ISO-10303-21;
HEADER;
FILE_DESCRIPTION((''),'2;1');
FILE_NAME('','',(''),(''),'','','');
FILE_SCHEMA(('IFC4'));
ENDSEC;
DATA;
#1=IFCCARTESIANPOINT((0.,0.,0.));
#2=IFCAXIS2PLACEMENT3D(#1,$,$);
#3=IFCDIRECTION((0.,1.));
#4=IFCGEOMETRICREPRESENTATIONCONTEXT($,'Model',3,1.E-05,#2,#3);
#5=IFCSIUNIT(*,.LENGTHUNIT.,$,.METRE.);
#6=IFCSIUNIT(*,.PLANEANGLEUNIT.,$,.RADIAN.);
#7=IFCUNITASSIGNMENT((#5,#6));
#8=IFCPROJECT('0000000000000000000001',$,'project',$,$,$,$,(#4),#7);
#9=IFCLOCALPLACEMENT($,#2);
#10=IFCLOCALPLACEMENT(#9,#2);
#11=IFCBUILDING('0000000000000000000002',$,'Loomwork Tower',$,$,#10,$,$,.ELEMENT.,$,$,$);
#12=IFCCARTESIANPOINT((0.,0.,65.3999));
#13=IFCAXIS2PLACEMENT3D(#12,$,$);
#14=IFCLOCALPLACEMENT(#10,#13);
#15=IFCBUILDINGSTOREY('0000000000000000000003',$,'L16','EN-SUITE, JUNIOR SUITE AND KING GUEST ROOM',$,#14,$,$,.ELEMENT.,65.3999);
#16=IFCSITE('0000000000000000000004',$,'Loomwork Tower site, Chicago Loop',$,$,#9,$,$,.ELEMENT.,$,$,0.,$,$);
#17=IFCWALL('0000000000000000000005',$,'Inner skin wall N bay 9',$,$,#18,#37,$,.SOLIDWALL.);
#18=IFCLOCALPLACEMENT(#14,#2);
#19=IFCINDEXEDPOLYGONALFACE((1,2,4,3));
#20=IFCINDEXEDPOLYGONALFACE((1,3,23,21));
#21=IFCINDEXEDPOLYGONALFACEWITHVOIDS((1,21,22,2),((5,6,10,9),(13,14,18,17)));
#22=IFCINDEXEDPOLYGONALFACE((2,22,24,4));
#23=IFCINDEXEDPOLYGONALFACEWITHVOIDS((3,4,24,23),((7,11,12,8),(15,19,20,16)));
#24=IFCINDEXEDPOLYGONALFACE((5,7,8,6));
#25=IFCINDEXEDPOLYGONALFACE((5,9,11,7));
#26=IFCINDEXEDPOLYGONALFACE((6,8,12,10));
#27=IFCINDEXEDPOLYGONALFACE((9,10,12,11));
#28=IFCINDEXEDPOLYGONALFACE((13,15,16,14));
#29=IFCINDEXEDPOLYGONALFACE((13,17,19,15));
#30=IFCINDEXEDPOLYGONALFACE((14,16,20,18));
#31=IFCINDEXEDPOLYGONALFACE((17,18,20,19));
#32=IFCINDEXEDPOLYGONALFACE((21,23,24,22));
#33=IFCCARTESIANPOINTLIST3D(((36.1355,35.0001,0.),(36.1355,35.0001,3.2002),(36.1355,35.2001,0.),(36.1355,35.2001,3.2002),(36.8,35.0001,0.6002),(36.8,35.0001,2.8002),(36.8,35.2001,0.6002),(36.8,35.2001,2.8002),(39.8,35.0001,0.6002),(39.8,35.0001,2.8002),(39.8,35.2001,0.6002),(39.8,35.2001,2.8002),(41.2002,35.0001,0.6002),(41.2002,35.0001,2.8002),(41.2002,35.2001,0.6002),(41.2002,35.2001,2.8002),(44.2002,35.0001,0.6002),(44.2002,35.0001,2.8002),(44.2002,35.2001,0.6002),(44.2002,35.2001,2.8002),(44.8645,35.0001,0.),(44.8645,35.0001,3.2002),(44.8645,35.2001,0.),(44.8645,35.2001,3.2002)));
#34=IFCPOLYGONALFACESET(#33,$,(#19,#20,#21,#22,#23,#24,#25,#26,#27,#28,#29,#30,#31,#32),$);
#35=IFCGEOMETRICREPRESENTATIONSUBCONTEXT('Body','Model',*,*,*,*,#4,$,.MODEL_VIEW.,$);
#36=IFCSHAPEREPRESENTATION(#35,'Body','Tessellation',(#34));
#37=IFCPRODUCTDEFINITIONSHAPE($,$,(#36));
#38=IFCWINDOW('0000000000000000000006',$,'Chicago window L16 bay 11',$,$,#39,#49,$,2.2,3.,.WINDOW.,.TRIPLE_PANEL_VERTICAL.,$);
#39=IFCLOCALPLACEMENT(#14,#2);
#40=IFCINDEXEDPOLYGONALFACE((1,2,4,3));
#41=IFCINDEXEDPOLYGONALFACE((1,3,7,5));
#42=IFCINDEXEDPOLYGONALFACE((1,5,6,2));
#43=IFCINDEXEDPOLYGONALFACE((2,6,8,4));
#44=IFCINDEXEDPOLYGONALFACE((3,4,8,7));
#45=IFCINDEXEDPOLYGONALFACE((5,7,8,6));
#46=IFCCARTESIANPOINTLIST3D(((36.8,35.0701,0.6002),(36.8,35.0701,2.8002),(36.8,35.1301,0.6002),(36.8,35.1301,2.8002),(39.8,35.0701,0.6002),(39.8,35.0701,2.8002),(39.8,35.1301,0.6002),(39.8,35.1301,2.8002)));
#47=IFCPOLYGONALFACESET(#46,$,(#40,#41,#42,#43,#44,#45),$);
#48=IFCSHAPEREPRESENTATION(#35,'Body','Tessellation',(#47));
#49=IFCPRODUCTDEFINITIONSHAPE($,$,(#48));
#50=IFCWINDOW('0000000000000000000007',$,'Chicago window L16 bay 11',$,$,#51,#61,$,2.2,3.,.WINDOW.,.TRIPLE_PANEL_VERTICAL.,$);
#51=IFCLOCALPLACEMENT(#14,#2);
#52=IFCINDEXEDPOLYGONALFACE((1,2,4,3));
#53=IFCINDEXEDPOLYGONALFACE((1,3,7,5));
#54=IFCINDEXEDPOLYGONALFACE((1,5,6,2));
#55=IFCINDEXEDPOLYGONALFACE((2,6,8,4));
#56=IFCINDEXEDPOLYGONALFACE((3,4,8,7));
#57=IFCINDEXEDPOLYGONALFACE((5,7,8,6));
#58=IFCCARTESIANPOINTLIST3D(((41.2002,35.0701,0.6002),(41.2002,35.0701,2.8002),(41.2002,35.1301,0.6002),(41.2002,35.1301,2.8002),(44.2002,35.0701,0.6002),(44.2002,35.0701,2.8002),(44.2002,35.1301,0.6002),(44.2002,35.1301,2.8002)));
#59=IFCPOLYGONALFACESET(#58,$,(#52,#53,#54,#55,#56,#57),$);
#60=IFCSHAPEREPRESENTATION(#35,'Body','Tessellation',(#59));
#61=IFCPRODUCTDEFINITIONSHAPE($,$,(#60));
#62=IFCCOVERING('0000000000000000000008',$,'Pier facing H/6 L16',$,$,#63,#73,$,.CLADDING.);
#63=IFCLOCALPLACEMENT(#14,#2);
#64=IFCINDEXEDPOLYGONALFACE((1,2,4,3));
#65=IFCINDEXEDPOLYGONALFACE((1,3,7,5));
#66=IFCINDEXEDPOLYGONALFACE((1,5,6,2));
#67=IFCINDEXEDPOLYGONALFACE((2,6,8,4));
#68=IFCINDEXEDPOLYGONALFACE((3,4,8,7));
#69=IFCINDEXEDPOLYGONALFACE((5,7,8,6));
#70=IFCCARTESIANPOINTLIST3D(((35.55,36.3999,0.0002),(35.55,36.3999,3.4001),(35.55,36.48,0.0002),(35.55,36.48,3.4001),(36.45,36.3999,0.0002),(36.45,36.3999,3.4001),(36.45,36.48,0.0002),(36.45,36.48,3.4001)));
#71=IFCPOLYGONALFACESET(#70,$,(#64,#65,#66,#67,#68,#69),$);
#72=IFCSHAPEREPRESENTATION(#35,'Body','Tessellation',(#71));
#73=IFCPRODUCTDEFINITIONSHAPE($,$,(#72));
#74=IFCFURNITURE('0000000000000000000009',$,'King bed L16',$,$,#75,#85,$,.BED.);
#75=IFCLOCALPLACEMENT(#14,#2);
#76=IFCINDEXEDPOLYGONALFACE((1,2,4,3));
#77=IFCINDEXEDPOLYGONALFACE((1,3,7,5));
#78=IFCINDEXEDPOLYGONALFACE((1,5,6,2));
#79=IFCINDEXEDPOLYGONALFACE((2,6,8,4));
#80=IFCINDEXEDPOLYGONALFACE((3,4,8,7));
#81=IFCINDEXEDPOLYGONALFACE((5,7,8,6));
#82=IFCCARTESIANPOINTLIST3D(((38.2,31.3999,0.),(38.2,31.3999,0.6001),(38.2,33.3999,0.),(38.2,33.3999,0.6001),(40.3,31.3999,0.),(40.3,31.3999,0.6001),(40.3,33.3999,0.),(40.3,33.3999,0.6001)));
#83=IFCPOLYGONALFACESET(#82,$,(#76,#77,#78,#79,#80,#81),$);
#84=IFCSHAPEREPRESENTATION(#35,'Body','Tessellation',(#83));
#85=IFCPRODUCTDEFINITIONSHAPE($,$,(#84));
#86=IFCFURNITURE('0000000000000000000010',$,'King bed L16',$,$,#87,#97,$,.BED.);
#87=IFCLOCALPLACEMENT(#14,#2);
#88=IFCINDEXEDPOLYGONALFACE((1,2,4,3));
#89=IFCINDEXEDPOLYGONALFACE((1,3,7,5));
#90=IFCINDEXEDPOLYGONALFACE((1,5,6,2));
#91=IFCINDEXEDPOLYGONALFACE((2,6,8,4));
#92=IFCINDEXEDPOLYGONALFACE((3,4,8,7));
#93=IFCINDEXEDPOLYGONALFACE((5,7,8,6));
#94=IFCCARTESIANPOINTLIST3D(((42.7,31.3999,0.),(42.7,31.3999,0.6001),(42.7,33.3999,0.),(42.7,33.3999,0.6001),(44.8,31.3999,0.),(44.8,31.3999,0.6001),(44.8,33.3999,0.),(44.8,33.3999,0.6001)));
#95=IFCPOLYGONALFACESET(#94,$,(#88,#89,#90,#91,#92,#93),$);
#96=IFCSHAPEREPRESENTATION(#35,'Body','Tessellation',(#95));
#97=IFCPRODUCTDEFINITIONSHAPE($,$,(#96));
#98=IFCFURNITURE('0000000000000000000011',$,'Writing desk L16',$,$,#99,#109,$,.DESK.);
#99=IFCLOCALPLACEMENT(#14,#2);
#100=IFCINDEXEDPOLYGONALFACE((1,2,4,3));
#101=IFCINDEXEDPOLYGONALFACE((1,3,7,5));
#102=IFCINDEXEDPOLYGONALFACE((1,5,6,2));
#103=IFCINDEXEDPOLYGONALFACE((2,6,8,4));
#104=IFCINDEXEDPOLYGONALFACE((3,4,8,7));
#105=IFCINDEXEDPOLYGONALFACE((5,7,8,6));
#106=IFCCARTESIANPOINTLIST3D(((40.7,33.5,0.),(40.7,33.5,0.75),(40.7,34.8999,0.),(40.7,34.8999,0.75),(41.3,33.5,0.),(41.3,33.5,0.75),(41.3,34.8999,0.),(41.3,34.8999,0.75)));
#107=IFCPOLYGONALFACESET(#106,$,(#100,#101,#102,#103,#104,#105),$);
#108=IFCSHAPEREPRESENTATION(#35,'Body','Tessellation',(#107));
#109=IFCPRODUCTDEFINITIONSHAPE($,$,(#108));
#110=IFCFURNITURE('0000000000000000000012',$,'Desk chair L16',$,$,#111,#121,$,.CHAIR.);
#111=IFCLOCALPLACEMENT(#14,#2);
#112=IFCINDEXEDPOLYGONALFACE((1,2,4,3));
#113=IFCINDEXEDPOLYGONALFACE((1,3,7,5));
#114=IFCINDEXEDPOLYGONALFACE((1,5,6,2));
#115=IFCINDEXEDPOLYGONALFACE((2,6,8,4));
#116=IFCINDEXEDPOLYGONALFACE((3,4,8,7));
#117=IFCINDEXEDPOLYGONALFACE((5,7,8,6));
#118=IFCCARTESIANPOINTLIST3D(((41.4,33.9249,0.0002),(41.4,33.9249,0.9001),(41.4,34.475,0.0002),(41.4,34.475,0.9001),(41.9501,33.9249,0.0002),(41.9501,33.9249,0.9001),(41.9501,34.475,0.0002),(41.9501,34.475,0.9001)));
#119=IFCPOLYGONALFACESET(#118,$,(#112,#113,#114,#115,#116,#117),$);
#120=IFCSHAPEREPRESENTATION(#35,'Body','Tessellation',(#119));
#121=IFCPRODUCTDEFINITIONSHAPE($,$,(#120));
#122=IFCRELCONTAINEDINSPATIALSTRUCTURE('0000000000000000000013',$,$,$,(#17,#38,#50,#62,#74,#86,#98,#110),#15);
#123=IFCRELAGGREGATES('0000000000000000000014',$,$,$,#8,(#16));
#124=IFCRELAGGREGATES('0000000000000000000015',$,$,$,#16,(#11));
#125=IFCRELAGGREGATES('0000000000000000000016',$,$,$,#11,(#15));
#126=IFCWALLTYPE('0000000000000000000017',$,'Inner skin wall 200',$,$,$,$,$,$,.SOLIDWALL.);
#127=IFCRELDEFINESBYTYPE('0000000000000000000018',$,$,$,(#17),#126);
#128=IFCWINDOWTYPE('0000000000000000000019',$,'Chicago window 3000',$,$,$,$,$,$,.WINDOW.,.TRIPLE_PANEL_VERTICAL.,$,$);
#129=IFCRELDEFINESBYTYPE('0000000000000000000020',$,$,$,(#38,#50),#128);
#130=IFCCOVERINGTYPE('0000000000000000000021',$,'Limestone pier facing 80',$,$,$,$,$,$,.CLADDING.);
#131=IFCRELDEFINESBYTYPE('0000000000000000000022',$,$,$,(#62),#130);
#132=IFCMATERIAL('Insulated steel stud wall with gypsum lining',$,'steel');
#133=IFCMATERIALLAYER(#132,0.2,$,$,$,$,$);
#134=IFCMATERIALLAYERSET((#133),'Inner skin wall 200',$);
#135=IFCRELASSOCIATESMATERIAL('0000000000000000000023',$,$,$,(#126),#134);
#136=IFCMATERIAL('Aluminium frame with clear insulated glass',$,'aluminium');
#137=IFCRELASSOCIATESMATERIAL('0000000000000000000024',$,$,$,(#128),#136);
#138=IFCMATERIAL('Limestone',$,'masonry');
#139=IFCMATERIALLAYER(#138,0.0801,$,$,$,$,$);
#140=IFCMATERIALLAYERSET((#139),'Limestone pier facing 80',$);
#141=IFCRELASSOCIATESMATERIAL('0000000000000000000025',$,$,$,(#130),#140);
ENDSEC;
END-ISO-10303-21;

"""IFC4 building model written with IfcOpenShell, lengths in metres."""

from ifc_helpers import new_model, si_unit, direction, frame, frame_2d, origin, origin_2d, place, context, subcontext, project, spatial, rectangle, extrude, material, layer, layer_set, type_object, element, fill, save


model = new_model("IFC4")

# Units and contexts
model_context = context("Model", 3, precision=1e-05, world=origin(), true_north=direction((0.0, 1.0)))
body_context = subcontext(model_context, "Body", "Model", "MODEL_VIEW")
ifc_project = project(units=[si_unit("LENGTHUNIT", "METRE"), si_unit("PLANEANGLEUNIT", "RADIAN")], contexts=[model_context])

# Site, building, storey
site_placement = place(None, origin())
site = spatial("IfcSite", under=ifc_project, at=site_placement, Name="Loomwork Tower site, Chicago Loop", CompositionType="ELEMENT", RefElevation=0.0)
building_placement = place(site_placement, origin())
building = spatial("IfcBuilding", under=site, at=building_placement, Name="Loomwork Tower", CompositionType="ELEMENT")
storey_placement = place(building_placement, frame((0.0, 0.0, 65.3999)))
storey = spatial("IfcBuildingStorey", under=building, at=storey_placement, Name="L16", Description="EN-SUITE, JUNIOR SUITE AND KING GUEST ROOM", CompositionType="ELEMENT", Elevation=65.3999)

# Shared definitions
ifc_material_1 = material(Name="Insulated steel stud wall with gypsum lining", Category="steel")
ifc_layer_1 = layer(ifc_material_1, 0.2)
ifc_layer_set_1 = layer_set([ifc_layer_1], Name="Inner skin wall 200")
wall_type_1 = type_object("IfcWallType", Name="Inner skin wall 200", PredefinedType="SOLIDWALL", material=ifc_layer_set_1)

# Wall, openings, windows
wall_1_placement = place(storey_placement, frame((36.1355, 35.1001, 0.0), z_axis=(0.0, 0.0, 1.0), x_axis=(1.0, 0.0, 0.0)))
wall_1 = element("IfcWall", 1, at=wall_1_placement, inside=storey, type_object=wall_type_1, Name="Inner skin wall N bay 9", PredefinedType="SOLIDWALL", context=body_context, shape_type="SweptSolid", body=[
    extrude(rectangle(XDim=8.729, YDim=0.2, at=frame_2d((4.3645, 0.0))), origin(), (0.0, 0.0, 1.0), 3.2002),
])
opening_1_placement = place(wall_1_placement, frame((0.6646, 0.0, 0.6001)))
opening_1 = element("IfcOpeningElement", 2, at=opening_1_placement, cuts=wall_1, PredefinedType="OPENING", context=body_context, shape_type="SweptSolid", body=[
    extrude(rectangle(XDim=3.0, YDim=2.2, at=frame_2d((1.5, 1.1001))), frame((0.0, 0.1099, 0.0), z_axis=(0.0, -1.0, 0.0), x_axis=(1.0, 0.0, 0.0)), (0.0, 0.0, 1.0), 0.22),
])
opening_2_placement = place(wall_1_placement, frame((5.0647, 0.0, 0.6001)))
opening_2 = element("IfcOpeningElement", 3, at=opening_2_placement, cuts=wall_1, PredefinedType="OPENING", context=body_context, shape_type="SweptSolid", body=[
    extrude(rectangle(XDim=3.0, YDim=2.2, at=frame_2d((1.5, 1.1001))), frame((0.0, 0.1099, 0.0), z_axis=(0.0, -1.0, 0.0), x_axis=(1.0, 0.0, 0.0)), (0.0, 0.0, 1.0), 0.22),
])
ifc_material_2 = material(Name="Aluminium frame with clear insulated glass", Category="aluminium")
window_type = type_object("IfcWindowType", Name="Chicago window 3000", PartitioningType="TRIPLE_PANEL_VERTICAL", PredefinedType="WINDOW", material=ifc_material_2)
window_1_placement = place(opening_1_placement, origin())
window_1 = element("IfcWindow", 4, at=window_1_placement, inside=storey, type_object=window_type, Name="Chicago window L16 bay 11", OverallHeight=2.2, OverallWidth=3.0, PartitioningType="TRIPLE_PANEL_VERTICAL", PredefinedType="WINDOW", context=body_context, shape_type="SweptSolid", body=[
    extrude(rectangle(XDim=3.0, YDim=2.2, at=frame_2d((1.5, 1.1001))), frame((0.0, 0.03, 0.0), z_axis=(0.0, -1.0, 0.0), x_axis=(1.0, 0.0, 0.0)), (0.0, 0.0, 1.0), 0.0601),
])
fill(opening_1, window_1)
window_2_placement = place(opening_2_placement, origin())
window_2 = element("IfcWindow", 5, at=window_2_placement, inside=storey, type_object=window_type, Name="Chicago window L16 bay 11", OverallHeight=2.2, OverallWidth=3.0, PartitioningType="TRIPLE_PANEL_VERTICAL", PredefinedType="WINDOW", context=body_context, shape_type="SweptSolid", body=[
    extrude(rectangle(XDim=3.0, YDim=2.2, at=frame_2d((1.5, 1.1001))), frame((0.0, 0.03, 0.0), z_axis=(0.0, -1.0, 0.0), x_axis=(1.0, 0.0, 0.0)), (0.0, 0.0, 1.0), 0.0601),
])
fill(opening_2, window_2)

# Covering
ifc_material_3 = material(Name="Limestone", Category="masonry")
ifc_layer_2 = layer(ifc_material_3, 0.0801)
ifc_layer_set_2 = layer_set([ifc_layer_2], Name="Limestone pier facing 80")
covering_type = type_object("IfcCoveringType", Name="Limestone pier facing 80", PredefinedType="CLADDING", material=ifc_layer_set_2)
covering_placement = place(storey_placement, frame((36.0, 36.4399, 0.0002), z_axis=(0.0, 0.0, 1.0), x_axis=(1.0, 0.0, 0.0)))
element("IfcCovering", 6, at=covering_placement, inside=storey, type_object=covering_type, Name="Pier facing H/6 L16", PredefinedType="CLADDING", context=body_context, shape_type="SweptSolid", body=[
    extrude(rectangle(XDim=0.8999, YDim=0.0801, at=origin_2d()), origin(), (0.0, 0.0, 1.0), 3.3999),
])

# Furniture
for number, where, z_axis, x_axis, name in (
    (7, (39.25, 32.3999, 0.0), (0.0, 0.0, 1.0), (1.0, 0.0, 0.0), "King bed L16"),
    (8, (43.75, 32.3999, 0.0), (0.0, 0.0, 1.0), (1.0, 0.0, 0.0), "King bed L16"),
):
    element("IfcFurniture", number, at=place(storey_placement, frame(where, z_axis=z_axis, x_axis=x_axis)), inside=storey, Name=name, PredefinedType="BED", context=body_context, shape_type="SweptSolid", body=[
        extrude(rectangle(XDim=2.1001, YDim=2.0, at=origin_2d()), origin(), (0.0, 0.0, 1.0), 0.6001),
    ])
furniture_1_placement = place(storey_placement, frame((41.0, 34.2, 0.0), z_axis=(0.0, 0.0, 1.0), x_axis=(1.0, 0.0, 0.0)))
element("IfcFurniture", 9, at=furniture_1_placement, inside=storey, Name="Writing desk L16", PredefinedType="DESK", context=body_context, shape_type="SweptSolid", body=[
    extrude(rectangle(XDim=0.6001, YDim=1.3999, at=origin_2d()), origin(), (0.0, 0.0, 1.0), 0.75),
])
furniture_2_placement = place(storey_placement, frame((41.675, 34.2, 0.0002), z_axis=(0.0, 0.0, 1.0), x_axis=(1.0, 0.0, 0.0)))
element("IfcFurniture", 10, at=furniture_2_placement, inside=storey, Name="Desk chair L16", PredefinedType="CHAIR", context=body_context, shape_type="SweptSolid", body=[
    extrude(rectangle(XDim=0.55, YDim=0.55, at=origin_2d()), origin(), (0.0, 0.0, 1.0), 0.8999),
])

save(model, "model.ifc")
